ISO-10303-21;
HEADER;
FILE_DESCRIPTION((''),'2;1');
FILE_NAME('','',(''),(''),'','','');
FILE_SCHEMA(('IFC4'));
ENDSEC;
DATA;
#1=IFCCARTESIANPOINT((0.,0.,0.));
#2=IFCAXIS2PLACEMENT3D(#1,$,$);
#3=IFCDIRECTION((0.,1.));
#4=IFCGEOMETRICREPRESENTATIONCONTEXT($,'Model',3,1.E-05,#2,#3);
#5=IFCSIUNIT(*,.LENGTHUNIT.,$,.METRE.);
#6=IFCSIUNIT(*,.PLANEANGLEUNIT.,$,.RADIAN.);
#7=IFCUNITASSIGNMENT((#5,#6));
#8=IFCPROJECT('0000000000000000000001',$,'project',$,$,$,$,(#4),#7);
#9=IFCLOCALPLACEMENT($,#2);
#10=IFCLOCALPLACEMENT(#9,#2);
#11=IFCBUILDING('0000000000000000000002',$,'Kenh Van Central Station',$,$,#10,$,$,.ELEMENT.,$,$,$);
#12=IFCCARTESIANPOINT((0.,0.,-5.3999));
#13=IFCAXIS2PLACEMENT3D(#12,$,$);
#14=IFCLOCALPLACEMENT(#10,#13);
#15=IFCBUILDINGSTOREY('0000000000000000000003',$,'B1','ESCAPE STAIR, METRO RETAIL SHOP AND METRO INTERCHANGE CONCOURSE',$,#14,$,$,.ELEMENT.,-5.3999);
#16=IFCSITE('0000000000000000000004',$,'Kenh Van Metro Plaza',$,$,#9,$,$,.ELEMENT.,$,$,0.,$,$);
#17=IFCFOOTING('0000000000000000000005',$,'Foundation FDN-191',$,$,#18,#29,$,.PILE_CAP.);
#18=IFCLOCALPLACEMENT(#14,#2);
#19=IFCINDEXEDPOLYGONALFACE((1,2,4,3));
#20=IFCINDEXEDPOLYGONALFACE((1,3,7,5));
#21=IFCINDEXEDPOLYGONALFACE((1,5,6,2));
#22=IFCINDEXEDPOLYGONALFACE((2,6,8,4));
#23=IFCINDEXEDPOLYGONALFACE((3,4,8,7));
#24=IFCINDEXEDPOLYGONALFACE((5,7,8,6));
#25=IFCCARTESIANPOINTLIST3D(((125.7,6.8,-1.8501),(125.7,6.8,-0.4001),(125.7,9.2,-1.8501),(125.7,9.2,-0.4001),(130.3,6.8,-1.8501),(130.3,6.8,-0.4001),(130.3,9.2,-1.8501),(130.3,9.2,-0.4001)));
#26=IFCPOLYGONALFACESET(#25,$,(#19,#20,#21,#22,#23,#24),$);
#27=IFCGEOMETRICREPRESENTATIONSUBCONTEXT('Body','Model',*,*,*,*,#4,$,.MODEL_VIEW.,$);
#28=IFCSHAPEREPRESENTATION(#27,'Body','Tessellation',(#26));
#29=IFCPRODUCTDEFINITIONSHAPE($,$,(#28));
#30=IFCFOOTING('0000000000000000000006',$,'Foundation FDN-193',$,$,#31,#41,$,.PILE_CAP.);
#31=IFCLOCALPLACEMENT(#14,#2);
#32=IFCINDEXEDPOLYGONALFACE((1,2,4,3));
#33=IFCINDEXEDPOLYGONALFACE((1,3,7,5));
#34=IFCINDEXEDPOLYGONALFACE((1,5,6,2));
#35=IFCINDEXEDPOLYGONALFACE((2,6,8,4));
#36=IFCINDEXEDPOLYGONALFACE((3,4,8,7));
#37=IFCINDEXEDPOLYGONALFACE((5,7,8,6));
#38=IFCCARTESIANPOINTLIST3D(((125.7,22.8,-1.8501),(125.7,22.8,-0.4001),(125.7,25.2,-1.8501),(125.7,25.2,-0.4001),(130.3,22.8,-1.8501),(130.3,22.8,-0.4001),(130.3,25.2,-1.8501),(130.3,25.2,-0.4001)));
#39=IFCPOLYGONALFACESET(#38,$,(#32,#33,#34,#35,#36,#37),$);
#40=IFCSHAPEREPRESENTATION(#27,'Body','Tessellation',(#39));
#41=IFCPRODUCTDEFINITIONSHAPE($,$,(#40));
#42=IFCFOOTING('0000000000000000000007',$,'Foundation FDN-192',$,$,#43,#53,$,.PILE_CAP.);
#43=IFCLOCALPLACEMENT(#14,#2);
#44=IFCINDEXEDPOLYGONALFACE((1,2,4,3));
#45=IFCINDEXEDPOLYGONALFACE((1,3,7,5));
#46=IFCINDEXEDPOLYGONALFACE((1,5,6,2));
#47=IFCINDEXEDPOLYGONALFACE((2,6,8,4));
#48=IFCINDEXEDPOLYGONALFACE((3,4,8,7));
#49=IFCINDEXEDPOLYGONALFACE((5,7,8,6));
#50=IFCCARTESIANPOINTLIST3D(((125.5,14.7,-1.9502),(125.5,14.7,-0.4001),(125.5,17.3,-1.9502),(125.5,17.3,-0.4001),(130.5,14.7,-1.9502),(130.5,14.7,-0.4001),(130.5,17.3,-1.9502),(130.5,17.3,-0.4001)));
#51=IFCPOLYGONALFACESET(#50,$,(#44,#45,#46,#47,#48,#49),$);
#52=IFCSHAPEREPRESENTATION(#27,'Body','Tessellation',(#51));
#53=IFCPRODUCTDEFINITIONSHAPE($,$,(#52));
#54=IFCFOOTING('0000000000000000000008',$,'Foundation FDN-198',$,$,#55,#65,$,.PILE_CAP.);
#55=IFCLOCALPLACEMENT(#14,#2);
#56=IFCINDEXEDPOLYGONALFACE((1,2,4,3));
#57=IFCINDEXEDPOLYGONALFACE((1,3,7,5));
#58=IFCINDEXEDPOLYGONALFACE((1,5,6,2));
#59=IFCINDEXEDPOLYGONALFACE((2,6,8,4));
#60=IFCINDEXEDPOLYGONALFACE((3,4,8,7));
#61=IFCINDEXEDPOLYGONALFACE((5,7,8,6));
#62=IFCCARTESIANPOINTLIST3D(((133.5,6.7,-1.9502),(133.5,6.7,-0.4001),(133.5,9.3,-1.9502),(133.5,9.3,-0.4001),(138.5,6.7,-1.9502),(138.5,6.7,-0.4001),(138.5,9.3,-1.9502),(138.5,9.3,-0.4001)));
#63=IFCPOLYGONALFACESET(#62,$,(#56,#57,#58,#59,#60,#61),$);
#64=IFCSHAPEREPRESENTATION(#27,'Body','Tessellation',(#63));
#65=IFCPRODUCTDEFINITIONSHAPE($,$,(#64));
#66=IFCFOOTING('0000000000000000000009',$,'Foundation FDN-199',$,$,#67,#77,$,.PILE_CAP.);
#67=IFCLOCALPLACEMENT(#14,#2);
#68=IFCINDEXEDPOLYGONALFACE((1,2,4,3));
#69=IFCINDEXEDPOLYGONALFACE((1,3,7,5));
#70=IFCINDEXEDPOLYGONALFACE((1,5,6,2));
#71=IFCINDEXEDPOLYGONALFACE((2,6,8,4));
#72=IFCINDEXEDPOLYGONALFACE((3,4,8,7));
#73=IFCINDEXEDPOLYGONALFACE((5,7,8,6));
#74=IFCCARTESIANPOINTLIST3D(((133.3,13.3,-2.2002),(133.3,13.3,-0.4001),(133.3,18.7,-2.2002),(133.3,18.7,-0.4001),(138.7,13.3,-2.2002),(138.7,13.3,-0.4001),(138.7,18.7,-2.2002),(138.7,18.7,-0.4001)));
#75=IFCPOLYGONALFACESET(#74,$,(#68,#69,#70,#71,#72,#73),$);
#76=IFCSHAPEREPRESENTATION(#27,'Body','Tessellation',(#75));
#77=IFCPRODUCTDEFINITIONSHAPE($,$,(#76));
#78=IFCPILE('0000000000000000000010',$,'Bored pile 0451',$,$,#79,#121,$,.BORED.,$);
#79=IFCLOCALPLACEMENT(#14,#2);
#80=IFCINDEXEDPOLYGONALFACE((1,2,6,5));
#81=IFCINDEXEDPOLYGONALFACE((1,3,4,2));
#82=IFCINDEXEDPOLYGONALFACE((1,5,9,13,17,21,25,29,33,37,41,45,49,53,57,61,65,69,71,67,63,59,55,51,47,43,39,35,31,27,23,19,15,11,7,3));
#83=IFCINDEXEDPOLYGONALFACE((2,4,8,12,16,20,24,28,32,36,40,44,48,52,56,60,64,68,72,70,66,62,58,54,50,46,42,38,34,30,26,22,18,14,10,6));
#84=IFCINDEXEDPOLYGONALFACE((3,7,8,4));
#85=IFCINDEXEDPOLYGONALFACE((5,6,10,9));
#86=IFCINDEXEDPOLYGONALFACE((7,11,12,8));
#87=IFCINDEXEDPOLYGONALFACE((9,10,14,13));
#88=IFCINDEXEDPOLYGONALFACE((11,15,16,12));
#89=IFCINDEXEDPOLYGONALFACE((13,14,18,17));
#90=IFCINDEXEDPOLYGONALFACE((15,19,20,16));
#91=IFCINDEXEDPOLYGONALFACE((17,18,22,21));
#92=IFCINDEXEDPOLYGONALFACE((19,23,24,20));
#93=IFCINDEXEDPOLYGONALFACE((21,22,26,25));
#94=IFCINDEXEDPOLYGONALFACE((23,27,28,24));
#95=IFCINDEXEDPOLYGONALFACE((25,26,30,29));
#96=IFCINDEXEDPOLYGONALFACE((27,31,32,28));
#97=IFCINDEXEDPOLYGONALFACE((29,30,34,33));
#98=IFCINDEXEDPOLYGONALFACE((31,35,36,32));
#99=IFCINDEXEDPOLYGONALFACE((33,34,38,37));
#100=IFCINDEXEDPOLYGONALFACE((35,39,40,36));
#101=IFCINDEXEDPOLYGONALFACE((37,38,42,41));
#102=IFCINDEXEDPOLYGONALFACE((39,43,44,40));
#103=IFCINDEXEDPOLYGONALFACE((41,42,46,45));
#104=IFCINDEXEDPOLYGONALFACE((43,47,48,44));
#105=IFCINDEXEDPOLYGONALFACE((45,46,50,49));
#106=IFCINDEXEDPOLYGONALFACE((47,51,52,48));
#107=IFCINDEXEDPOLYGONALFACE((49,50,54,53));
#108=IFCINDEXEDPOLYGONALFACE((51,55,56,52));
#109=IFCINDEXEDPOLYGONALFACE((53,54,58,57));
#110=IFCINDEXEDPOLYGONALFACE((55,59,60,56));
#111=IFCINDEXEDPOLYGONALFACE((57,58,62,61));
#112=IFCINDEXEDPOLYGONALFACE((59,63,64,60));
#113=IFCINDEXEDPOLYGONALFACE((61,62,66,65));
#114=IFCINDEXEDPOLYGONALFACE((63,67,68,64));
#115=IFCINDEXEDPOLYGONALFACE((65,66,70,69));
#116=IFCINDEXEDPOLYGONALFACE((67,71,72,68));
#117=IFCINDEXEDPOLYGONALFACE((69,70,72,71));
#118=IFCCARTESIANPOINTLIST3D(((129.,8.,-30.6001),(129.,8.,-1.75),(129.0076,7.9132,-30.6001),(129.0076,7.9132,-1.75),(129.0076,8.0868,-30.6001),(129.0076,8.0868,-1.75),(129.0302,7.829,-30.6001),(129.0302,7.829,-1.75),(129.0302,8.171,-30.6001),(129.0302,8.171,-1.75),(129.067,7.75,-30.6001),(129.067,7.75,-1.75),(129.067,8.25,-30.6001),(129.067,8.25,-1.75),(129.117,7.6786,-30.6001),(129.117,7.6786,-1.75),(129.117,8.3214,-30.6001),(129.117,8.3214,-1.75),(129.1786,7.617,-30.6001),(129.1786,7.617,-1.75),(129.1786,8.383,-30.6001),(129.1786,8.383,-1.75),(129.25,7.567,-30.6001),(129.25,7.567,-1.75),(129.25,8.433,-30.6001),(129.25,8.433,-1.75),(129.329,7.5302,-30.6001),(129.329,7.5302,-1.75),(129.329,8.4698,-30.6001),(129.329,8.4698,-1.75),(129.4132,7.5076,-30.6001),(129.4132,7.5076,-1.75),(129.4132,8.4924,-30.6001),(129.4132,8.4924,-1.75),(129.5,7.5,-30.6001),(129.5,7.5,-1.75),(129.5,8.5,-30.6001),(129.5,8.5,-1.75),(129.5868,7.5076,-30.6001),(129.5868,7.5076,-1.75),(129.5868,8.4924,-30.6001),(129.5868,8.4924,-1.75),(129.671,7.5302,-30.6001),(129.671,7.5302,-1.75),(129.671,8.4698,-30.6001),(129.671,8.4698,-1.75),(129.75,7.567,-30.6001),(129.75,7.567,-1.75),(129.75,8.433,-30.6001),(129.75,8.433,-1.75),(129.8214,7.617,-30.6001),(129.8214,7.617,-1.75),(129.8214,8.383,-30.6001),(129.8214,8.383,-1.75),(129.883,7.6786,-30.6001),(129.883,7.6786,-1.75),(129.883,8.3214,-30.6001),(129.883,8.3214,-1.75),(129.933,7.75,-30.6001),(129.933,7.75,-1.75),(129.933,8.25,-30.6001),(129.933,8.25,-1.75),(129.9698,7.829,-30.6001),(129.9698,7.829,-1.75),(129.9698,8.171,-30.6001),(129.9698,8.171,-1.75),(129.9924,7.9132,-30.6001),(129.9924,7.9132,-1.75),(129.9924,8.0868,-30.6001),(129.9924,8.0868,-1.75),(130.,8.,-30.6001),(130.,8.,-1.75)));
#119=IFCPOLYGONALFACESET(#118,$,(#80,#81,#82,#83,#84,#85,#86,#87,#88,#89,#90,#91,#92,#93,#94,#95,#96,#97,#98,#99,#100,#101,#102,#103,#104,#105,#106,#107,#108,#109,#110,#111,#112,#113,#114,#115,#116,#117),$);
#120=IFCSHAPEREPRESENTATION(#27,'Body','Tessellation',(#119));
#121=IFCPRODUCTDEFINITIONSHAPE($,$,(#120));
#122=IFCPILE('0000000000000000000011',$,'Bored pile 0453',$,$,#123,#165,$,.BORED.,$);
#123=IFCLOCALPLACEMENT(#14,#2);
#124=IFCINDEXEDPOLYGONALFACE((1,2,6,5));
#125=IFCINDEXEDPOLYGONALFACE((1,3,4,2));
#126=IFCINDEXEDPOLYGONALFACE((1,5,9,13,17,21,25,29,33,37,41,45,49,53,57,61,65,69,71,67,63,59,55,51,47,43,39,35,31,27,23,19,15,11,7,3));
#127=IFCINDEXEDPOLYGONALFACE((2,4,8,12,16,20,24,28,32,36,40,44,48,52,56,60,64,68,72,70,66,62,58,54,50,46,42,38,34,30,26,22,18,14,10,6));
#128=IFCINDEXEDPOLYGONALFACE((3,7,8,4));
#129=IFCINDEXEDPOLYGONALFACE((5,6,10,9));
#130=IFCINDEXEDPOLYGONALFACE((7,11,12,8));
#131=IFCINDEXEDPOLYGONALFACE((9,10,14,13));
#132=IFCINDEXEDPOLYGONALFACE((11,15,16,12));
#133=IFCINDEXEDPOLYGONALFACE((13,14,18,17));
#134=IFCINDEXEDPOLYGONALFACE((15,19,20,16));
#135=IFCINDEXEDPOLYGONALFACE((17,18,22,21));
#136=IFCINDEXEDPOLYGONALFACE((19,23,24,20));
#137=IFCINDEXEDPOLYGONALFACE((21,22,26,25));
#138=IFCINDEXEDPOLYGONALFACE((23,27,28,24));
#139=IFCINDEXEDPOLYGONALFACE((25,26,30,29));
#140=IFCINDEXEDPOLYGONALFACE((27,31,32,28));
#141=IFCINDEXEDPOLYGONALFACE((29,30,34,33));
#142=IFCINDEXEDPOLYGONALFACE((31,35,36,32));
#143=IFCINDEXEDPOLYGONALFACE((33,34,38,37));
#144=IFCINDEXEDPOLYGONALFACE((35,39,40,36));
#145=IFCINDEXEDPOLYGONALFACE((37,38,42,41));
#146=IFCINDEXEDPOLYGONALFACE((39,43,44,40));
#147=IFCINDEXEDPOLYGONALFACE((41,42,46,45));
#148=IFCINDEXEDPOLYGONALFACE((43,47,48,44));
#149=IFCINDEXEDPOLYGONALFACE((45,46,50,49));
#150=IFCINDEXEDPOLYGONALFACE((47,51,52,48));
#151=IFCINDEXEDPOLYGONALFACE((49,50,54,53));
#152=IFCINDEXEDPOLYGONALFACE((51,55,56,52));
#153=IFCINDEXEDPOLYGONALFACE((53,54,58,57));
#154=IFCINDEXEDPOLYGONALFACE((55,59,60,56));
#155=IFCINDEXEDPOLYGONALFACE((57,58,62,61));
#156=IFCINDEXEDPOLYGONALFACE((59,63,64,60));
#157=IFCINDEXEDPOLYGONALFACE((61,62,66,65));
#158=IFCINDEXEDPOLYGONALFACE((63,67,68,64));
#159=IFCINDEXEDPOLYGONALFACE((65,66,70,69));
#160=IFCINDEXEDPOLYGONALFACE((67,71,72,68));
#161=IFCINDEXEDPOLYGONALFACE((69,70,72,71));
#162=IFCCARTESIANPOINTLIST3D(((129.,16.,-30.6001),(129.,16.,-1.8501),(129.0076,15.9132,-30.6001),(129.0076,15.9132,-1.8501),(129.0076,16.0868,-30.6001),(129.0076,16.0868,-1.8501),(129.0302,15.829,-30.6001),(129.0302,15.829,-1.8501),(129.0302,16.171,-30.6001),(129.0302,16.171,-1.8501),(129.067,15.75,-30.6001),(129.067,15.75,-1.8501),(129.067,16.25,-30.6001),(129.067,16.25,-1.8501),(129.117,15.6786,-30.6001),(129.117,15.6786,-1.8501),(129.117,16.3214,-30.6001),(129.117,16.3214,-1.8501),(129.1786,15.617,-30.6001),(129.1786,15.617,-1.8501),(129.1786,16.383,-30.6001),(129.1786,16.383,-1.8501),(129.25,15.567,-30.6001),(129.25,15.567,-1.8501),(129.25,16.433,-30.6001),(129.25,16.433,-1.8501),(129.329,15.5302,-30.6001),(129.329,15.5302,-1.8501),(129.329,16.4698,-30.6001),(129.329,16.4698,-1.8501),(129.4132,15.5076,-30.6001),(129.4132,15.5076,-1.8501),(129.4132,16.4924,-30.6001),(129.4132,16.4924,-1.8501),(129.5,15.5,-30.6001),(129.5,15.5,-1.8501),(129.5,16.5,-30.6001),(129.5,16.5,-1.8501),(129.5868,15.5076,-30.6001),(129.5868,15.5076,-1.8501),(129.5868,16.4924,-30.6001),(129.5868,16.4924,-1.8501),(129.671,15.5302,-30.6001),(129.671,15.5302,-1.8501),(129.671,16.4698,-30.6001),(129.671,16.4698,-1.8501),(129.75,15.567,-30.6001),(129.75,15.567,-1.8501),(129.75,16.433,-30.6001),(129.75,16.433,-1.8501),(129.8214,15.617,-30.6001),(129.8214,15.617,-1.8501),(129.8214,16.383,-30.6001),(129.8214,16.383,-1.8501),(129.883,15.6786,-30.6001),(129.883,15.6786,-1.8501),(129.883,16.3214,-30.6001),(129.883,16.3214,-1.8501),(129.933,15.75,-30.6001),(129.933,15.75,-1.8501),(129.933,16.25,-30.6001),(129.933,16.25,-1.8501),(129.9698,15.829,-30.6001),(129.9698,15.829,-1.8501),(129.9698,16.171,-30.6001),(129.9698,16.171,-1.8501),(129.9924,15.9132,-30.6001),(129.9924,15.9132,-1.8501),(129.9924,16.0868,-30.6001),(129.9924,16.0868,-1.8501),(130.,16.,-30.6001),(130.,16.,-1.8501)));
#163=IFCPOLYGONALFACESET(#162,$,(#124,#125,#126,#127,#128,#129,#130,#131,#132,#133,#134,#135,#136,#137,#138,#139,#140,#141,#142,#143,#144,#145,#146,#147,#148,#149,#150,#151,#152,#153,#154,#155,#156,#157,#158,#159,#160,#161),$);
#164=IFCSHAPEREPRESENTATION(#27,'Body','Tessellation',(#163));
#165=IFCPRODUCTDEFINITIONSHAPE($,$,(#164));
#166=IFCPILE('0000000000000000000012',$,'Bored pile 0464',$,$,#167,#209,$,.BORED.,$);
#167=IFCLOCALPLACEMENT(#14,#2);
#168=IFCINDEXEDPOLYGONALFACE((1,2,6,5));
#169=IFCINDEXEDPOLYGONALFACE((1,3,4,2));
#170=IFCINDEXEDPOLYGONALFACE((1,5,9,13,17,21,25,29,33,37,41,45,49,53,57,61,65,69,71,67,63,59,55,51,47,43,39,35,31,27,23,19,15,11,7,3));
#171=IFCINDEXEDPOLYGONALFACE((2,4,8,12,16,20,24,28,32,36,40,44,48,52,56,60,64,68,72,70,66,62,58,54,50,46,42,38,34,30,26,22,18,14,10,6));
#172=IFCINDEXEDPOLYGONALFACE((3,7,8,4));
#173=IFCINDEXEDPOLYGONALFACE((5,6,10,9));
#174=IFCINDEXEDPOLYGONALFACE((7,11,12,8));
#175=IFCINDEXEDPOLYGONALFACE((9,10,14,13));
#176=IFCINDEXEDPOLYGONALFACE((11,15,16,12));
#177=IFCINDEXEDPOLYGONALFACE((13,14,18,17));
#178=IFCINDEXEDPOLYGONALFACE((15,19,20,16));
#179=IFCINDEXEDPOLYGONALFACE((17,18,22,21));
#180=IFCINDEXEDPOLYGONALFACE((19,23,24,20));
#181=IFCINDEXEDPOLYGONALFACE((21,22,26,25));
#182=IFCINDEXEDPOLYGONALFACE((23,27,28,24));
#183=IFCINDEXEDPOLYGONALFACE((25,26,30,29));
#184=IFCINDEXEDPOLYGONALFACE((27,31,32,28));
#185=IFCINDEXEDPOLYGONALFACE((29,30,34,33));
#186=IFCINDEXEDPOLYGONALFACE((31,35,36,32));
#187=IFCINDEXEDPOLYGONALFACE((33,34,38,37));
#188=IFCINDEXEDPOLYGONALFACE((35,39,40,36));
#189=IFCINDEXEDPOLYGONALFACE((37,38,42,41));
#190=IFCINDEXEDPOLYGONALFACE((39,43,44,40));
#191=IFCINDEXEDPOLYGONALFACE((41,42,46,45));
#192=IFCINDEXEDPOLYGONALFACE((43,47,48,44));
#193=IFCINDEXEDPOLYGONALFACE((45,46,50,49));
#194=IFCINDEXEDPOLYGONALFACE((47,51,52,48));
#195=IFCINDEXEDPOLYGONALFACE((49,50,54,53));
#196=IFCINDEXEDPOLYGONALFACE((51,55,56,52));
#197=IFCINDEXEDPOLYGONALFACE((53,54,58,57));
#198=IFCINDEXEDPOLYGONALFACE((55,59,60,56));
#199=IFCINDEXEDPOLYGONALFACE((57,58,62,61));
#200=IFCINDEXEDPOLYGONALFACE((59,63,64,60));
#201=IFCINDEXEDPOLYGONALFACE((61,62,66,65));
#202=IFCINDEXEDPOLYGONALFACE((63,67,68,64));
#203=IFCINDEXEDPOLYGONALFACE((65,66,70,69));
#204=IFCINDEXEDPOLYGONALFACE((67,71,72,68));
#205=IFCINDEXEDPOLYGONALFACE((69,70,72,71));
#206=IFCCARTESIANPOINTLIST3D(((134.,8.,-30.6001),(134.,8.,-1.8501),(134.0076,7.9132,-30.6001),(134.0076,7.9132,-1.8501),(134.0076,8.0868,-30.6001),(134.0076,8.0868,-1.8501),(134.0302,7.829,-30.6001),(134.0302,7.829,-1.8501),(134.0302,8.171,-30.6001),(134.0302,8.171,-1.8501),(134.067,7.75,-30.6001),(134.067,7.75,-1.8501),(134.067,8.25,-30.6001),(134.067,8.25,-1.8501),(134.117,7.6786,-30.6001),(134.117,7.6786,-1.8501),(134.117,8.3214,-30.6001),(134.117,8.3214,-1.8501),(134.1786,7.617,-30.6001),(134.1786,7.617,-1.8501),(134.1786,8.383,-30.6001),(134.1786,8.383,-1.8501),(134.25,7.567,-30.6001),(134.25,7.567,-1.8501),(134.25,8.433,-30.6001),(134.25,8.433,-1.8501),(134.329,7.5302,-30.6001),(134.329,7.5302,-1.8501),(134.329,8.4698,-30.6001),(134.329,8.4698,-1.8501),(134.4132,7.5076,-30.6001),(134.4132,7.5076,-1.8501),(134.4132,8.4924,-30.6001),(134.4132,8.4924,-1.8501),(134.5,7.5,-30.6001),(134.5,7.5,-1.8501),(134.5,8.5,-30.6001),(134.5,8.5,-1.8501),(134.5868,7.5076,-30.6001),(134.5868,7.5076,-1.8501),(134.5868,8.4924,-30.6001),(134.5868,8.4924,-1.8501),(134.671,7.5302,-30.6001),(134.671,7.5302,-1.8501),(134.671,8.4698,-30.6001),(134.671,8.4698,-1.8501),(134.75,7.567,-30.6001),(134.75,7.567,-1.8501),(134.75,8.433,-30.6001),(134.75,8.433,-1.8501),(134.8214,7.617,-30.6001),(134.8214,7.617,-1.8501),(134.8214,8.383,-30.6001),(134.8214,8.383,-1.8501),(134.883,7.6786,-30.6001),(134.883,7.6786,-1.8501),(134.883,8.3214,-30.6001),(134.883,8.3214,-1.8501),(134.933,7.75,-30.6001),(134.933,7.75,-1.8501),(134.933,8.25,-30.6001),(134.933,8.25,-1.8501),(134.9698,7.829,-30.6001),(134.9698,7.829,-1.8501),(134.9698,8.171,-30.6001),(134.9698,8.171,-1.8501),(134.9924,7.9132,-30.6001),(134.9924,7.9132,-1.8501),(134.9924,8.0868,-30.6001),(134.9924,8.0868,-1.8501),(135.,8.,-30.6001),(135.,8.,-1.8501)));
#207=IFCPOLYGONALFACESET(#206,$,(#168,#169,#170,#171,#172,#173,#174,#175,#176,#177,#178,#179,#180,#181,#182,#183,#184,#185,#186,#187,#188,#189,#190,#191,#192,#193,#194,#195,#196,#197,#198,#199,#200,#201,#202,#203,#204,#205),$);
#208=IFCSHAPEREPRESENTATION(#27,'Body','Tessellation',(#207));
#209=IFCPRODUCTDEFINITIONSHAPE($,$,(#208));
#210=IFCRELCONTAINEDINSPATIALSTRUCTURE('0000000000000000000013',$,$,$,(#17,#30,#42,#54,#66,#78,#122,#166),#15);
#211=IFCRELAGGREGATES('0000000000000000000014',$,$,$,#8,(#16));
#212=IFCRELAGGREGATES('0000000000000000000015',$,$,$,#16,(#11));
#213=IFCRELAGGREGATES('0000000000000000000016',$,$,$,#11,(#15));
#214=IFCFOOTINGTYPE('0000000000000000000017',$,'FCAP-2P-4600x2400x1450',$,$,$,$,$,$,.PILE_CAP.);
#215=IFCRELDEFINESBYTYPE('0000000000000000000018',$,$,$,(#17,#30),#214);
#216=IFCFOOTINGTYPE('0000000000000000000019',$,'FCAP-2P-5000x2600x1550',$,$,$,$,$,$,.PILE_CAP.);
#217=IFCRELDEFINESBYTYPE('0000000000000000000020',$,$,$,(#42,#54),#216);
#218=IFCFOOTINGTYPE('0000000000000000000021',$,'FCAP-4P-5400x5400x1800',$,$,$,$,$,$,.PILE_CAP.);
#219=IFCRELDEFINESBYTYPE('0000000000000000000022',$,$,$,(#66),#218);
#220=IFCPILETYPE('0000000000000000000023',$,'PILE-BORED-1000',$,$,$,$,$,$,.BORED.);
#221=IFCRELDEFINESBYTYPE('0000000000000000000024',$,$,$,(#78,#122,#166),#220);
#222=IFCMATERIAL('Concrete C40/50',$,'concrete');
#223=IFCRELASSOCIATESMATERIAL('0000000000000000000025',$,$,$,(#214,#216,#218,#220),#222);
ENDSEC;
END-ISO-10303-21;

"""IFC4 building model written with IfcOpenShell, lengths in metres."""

from ifc_helpers import new_model, si_unit, direction, frame, origin, origin_2d, place, context, subcontext, project, spatial, rectangle, circle, extrude, material, material_profile, profile_set, type_object, element, save


model = new_model("IFC4")

# Units and contexts
model_context = context("Model", 3, precision=1e-05, world=origin(), true_north=direction((0.0, 1.0)))
body_context = subcontext(model_context, "Body", "Model", "MODEL_VIEW")
ifc_project = project(units=[si_unit("LENGTHUNIT", "METRE"), si_unit("PLANEANGLEUNIT", "RADIAN")], contexts=[model_context])

# Site, building, storey
site_placement = place(None, origin())
site = spatial("IfcSite", under=ifc_project, at=site_placement, Name="Kenh Van Metro Plaza", CompositionType="ELEMENT", RefElevation=0.0)
building_placement = place(site_placement, origin())
building = spatial("IfcBuilding", under=site, at=building_placement, Name="Kenh Van Central Station", CompositionType="ELEMENT")
storey_placement = place(building_placement, frame((0.0, 0.0, -5.3999)))
storey = spatial("IfcBuildingStorey", under=building, at=storey_placement, Name="B1", Description="ESCAPE STAIR, METRO RETAIL SHOP AND METRO INTERCHANGE CONCOURSE", CompositionType="ELEMENT", Elevation=-5.3999)

# Footings
ifc_material_1 = material(Name="Concrete C40/50", Category="concrete")
footing_type_1 = type_object("IfcFootingType", Name="FCAP-2P-4600x2400x1450", PredefinedType="PILE_CAP", material=ifc_material_1)
for number, where, z_axis, x_axis, name in (
    (1, (128.0, 8.0, -1.8501), (0.0, 0.0, 1.0), (1.0, 0.0, 0.0), "Foundation FDN-191"),
    (2, (128.0, 24.0, -1.8501), (0.0, 0.0, 1.0), (1.0, 0.0, 0.0), "Foundation FDN-193"),
):
    element("IfcFooting", number, at=place(storey_placement, frame(where, z_axis=z_axis, x_axis=x_axis)), inside=storey, type_object=footing_type_1, Name=name, PredefinedType="PILE_CAP", context=body_context, shape_type="SweptSolid", body=[
        extrude(rectangle(XDim=4.6001, YDim=2.3999, at=origin_2d()), origin(), (0.0, 0.0, 1.0), 1.45),
    ])
footing_type_2 = type_object("IfcFootingType", Name="FCAP-2P-5000x2600x1550", PredefinedType="PILE_CAP", material=ifc_material_1)
for number, where, z_axis, x_axis, name in (
    (3, (128.0, 16.0, -1.9502), (0.0, 0.0, 1.0), (1.0, 0.0, 0.0), "Foundation FDN-192"),
    (4, (136.0, 8.0, -1.9502), (0.0, 0.0, 1.0), (1.0, 0.0, 0.0), "Foundation FDN-198"),
):
    element("IfcFooting", number, at=place(storey_placement, frame(where, z_axis=z_axis, x_axis=x_axis)), inside=storey, type_object=footing_type_2, Name=name, PredefinedType="PILE_CAP", context=body_context, shape_type="SweptSolid", body=[
        extrude(rectangle(XDim=5.0, YDim=2.6001, at=origin_2d()), origin(), (0.0, 0.0, 1.0), 1.55),
    ])
footing_type_3 = type_object("IfcFootingType", Name="FCAP-4P-5400x5400x1800", PredefinedType="PILE_CAP", material=ifc_material_1)
footing_placement = place(storey_placement, frame((136.0, 16.0, -2.2002), z_axis=(0.0, 0.0, 1.0), x_axis=(1.0, 0.0, 0.0)))
element("IfcFooting", 5, at=footing_placement, inside=storey, type_object=footing_type_3, Name="Foundation FDN-199", PredefinedType="PILE_CAP", context=body_context, shape_type="SweptSolid", body=[
    extrude(rectangle(XDim=5.3999, YDim=5.3999, at=origin_2d()), origin(), (0.0, 0.0, 1.0), 1.8),
])

# Piles
ifc_material_profile_1 = material_profile(ifc_material_1, circle(Radius=0.5, at=origin_2d()), Name="PILE D1000")
ifc_profile_set_1 = profile_set([ifc_material_profile_1], Name="Concrete C40/50")
pile_type_1 = type_object("IfcPileType", Name="PILE-BORED-1000", PredefinedType="BORED", material=ifc_profile_set_1)
pile_placement = place(storey_placement, frame((129.5, 8.0, -1.75), z_axis=(0.0, 0.0, -1.0), x_axis=(1.0, 0.0, 0.0)))
element("IfcPile", 6, at=pile_placement, inside=storey, type_object=pile_type_1, Name="Bored pile 0451", PredefinedType="BORED", context=body_context, shape_type="SweptSolid", body=[
    extrude(circle(Radius=0.5, at=origin_2d()), origin(), (0.0, 0.0, 1.0), 28.8501),
])
for number, where, z_axis, x_axis, name in (
    (7, (129.5, 16.0, -1.8501), (0.0, 0.0, -1.0), (1.0, 0.0, 0.0), "Bored pile 0453"),
    (8, (134.5, 8.0, -1.8501), (0.0, 0.0, -1.0), (1.0, 0.0, 0.0), "Bored pile 0464"),
):
    element("IfcPile", number, at=place(storey_placement, frame(where, z_axis=z_axis, x_axis=x_axis)), inside=storey, type_object=pile_type_1, Name=name, PredefinedType="BORED", context=body_context, shape_type="SweptSolid", body=[
        extrude(circle(Radius=0.5, at=origin_2d()), origin(), (0.0, 0.0, 1.0), 28.75),
    ])

save(model, "model.ifc")
